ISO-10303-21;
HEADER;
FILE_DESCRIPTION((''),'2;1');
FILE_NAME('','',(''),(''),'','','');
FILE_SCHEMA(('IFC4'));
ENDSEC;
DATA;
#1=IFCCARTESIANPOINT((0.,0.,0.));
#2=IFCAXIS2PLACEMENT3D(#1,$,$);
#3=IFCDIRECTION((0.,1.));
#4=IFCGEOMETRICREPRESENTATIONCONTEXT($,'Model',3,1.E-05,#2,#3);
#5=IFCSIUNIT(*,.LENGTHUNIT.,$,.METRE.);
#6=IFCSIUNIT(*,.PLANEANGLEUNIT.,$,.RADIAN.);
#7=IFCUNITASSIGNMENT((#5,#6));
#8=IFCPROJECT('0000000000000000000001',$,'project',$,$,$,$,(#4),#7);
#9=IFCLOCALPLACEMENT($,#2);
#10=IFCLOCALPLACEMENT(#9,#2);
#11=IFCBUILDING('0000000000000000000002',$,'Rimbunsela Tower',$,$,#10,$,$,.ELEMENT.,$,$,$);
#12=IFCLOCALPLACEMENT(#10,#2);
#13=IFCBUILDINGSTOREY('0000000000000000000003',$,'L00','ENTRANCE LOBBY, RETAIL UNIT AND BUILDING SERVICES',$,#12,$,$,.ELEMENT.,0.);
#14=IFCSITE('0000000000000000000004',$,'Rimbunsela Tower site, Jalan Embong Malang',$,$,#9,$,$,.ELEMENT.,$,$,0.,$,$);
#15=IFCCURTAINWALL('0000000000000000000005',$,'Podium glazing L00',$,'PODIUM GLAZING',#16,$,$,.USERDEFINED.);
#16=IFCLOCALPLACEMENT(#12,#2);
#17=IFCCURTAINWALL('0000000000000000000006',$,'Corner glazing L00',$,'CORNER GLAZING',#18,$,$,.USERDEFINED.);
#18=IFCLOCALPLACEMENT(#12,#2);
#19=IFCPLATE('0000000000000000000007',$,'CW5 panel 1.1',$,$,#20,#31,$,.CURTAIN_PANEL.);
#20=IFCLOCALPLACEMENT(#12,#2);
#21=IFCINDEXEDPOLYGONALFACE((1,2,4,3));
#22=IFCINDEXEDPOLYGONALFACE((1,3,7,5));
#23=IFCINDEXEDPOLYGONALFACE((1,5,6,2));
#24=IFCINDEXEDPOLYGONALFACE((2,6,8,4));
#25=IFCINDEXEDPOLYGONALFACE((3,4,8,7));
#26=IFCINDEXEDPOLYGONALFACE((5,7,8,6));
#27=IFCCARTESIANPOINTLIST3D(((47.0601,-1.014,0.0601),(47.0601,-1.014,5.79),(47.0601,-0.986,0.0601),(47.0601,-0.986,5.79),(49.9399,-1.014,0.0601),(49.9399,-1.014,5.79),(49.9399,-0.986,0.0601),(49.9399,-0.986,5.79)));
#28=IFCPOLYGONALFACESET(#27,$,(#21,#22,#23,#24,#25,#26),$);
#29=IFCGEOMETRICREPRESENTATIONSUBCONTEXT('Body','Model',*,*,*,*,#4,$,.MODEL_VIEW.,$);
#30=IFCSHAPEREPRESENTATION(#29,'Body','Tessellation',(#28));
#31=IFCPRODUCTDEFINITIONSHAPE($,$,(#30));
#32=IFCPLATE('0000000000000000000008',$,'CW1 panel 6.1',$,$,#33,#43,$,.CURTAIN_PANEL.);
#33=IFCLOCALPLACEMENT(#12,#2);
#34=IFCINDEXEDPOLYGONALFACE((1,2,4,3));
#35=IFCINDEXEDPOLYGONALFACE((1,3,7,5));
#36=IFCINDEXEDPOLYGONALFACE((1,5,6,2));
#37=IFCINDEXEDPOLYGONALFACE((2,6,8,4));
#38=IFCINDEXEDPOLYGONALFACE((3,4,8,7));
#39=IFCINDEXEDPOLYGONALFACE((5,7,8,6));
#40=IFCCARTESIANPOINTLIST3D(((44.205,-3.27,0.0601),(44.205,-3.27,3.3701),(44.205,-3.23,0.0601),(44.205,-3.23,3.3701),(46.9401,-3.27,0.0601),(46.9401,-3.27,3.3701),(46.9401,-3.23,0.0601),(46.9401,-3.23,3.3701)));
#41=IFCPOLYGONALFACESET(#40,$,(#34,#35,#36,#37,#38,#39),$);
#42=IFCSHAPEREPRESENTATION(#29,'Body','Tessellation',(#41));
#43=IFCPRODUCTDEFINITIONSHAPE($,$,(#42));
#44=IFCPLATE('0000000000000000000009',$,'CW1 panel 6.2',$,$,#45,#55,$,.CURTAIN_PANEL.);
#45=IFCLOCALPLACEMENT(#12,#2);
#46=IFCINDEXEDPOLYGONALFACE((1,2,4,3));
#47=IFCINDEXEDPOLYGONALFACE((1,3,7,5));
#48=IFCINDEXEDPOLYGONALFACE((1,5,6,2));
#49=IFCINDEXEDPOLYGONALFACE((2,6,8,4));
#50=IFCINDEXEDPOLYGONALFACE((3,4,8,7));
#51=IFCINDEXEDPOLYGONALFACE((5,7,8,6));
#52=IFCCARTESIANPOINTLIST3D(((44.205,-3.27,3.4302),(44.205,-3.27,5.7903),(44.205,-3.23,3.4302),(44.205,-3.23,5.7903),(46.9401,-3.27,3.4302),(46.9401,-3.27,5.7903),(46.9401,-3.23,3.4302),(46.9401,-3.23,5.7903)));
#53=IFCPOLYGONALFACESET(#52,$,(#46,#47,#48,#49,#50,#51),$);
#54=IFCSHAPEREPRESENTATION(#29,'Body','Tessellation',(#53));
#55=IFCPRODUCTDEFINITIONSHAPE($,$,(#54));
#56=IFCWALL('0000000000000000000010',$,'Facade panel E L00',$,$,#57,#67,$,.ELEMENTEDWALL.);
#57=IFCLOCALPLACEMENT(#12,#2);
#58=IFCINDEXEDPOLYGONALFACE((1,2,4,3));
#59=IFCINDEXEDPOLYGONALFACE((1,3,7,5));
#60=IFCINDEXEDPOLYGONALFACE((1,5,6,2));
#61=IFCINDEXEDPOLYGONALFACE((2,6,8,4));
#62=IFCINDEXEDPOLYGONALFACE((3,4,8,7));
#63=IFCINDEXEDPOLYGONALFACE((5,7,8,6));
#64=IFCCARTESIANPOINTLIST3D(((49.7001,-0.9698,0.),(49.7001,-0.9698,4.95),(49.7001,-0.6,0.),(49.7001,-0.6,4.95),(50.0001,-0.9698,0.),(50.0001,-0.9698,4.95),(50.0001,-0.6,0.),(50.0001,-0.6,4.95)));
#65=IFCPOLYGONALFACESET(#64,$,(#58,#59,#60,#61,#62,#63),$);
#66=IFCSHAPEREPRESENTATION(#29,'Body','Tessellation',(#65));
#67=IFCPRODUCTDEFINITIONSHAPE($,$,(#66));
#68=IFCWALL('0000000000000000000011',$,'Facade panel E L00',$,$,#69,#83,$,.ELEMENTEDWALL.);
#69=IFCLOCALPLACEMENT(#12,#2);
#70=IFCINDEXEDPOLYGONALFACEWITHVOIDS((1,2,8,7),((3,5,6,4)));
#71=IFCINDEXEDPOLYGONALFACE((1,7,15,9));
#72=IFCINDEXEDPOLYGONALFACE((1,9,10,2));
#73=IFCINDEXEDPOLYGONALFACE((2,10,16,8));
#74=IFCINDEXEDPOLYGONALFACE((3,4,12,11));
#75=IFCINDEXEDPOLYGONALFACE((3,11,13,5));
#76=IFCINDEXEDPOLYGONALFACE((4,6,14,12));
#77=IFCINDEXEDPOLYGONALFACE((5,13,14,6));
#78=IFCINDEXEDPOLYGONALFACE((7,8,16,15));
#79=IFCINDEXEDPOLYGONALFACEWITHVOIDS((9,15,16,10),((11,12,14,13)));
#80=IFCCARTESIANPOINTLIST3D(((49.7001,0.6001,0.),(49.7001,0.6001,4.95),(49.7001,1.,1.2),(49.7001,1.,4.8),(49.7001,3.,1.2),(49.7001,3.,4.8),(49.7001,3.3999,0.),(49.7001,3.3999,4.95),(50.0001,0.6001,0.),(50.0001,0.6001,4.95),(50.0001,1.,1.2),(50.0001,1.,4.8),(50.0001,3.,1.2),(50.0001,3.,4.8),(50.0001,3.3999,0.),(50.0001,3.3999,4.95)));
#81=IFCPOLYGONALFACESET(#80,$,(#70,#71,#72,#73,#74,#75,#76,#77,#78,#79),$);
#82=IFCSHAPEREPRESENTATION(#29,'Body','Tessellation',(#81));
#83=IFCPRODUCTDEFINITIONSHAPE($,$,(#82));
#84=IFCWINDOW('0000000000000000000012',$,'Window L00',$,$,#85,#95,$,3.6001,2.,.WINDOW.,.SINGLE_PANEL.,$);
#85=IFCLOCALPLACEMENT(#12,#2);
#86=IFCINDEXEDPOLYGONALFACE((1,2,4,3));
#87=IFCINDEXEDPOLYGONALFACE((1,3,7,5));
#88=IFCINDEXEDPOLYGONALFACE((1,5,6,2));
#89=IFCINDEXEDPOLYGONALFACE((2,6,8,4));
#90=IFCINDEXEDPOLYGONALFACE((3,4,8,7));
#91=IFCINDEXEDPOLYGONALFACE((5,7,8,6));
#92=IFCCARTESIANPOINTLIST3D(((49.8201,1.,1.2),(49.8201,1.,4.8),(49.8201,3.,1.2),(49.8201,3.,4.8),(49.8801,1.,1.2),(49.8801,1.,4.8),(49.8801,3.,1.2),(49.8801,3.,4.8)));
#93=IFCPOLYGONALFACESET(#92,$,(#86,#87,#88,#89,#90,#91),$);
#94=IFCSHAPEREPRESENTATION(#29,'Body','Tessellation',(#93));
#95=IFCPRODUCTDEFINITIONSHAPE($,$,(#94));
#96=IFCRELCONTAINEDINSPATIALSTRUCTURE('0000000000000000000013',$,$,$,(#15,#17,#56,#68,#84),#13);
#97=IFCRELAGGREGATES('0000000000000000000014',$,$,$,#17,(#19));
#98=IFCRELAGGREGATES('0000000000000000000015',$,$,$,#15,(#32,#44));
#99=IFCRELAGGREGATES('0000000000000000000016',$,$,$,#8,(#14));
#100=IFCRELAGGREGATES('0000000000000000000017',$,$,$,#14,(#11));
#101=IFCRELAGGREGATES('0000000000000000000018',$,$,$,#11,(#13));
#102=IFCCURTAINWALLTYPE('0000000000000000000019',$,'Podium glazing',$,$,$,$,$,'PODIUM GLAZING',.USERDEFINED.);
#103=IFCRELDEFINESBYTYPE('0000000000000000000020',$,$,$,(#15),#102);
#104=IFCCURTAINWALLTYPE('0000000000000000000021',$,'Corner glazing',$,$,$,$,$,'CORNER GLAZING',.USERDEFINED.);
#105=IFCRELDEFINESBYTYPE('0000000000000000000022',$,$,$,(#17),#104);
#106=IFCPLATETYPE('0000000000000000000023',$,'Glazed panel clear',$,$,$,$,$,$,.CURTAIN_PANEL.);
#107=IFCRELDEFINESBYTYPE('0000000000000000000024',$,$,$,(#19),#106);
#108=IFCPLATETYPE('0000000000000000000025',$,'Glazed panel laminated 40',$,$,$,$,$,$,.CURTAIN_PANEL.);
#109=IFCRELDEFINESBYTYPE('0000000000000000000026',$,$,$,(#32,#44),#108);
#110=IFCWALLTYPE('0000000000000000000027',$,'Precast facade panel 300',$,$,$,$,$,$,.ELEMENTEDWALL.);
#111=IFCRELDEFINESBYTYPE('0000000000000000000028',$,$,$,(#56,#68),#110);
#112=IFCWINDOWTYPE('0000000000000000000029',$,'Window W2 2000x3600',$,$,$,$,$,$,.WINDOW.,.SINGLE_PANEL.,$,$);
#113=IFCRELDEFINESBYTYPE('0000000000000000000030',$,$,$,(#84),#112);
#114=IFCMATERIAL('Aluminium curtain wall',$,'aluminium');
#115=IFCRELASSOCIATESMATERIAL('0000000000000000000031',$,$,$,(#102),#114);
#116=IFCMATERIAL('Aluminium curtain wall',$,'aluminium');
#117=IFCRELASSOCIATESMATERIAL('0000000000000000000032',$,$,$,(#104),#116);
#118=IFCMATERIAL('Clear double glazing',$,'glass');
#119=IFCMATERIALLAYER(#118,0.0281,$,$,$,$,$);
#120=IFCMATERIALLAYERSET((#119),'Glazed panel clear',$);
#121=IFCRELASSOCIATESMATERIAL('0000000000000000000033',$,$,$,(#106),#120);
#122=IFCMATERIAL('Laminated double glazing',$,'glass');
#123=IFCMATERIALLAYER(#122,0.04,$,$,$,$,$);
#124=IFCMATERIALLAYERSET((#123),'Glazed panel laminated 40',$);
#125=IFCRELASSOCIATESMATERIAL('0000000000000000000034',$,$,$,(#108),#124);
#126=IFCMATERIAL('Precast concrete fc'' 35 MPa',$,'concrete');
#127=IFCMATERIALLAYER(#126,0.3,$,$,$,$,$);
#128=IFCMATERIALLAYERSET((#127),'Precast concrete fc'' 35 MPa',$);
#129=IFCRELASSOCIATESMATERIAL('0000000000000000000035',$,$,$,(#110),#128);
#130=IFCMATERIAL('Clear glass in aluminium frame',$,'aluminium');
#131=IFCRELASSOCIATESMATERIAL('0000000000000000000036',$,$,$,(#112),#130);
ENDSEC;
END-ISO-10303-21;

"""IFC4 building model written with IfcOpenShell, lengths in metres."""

from ifc_helpers import new_model, si_unit, direction, frame, frame_2d, origin, origin_2d, place, context, subcontext, project, spatial, rectangle, extrude, material, layer, layer_set, type_object, element, fill, aggregate, save


model = new_model("IFC4")

# Units and contexts
model_context = context("Model", 3, precision=1e-05, world=origin(), true_north=direction((0.0, 1.0)))
body_context = subcontext(model_context, "Body", "Model", "MODEL_VIEW")
ifc_project = project(units=[si_unit("LENGTHUNIT", "METRE"), si_unit("PLANEANGLEUNIT", "RADIAN")], contexts=[model_context])

# Site, building, storey
site_placement = place(None, origin())
site = spatial("IfcSite", under=ifc_project, at=site_placement, Name="Rimbunsela Tower site, Jalan Embong Malang", CompositionType="ELEMENT", RefElevation=0.0)
building_placement = place(site_placement, origin())
building = spatial("IfcBuilding", under=site, at=building_placement, Name="Rimbunsela Tower", CompositionType="ELEMENT")
storey_placement = place(building_placement, origin())
storey = spatial("IfcBuildingStorey", under=building, at=storey_placement, Name="L00", Description="ENTRANCE LOBBY, RETAIL UNIT AND BUILDING SERVICES", CompositionType="ELEMENT", Elevation=0.0)

# Curtain wall
ifc_material_1 = material(Name="Aluminium curtain wall", Category="aluminium")
curtain_wall_type_1 = type_object("IfcCurtainWallType", Name="Podium glazing", ElementType="PODIUM GLAZING", PredefinedType="USERDEFINED", material=ifc_material_1)
curtain_wall_1_placement = place(storey_placement, origin())
curtain_wall_1 = element("IfcCurtainWall", 1, at=curtain_wall_1_placement, inside=storey, type_object=curtain_wall_type_1, Name="Podium glazing L00", ObjectType="PODIUM GLAZING", PredefinedType="USERDEFINED")

# Curtain wall
ifc_material_2 = material(Name="Aluminium curtain wall", Category="aluminium")
curtain_wall_type_2 = type_object("IfcCurtainWallType", Name="Corner glazing", ElementType="CORNER GLAZING", PredefinedType="USERDEFINED", material=ifc_material_2)
curtain_wall_2_placement = place(storey_placement, origin())
curtain_wall_2 = element("IfcCurtainWall", 2, at=curtain_wall_2_placement, inside=storey, type_object=curtain_wall_type_2, Name="Corner glazing L00", ObjectType="CORNER GLAZING", PredefinedType="USERDEFINED")

# Plates
ifc_material_3 = material(Name="Clear double glazing", Category="glass")
ifc_layer_1 = layer(ifc_material_3, 0.0281)
ifc_layer_set_1 = layer_set([ifc_layer_1], Name="Glazed panel clear")
plate_type_1 = type_object("IfcPlateType", Name="Glazed panel clear", PredefinedType="CURTAIN_PANEL", material=ifc_layer_set_1)
plate_1_placement = place(storey_placement, frame((48.5, -1.0, 0.0601), z_axis=(0.0, 0.0, 1.0), x_axis=(1.0, 0.0, 0.0)))
plate_1 = element("IfcPlate", 3, at=plate_1_placement, type_object=plate_type_1, Name="CW5 panel 1.1", PredefinedType="CURTAIN_PANEL", context=body_context, shape_type="SweptSolid", body=[
    extrude(rectangle(XDim=2.8799, YDim=0.0281, at=origin_2d()), origin(), (0.0, 0.0, 1.0), 5.73),
])
aggregate(curtain_wall_2, [plate_1])
ifc_material_4 = material(Name="Laminated double glazing", Category="glass")
ifc_layer_2 = layer(ifc_material_4, 0.04)
ifc_layer_set_2 = layer_set([ifc_layer_2], Name="Glazed panel laminated 40")
plate_type_2 = type_object("IfcPlateType", Name="Glazed panel laminated 40", PredefinedType="CURTAIN_PANEL", material=ifc_layer_set_2)
plate_2_placement = place(storey_placement, frame((45.5725, -3.25, 0.0601), z_axis=(0.0, 0.0, 1.0), x_axis=(1.0, 0.0, 0.0)))
plate_2 = element("IfcPlate", 4, at=plate_2_placement, type_object=plate_type_2, Name="CW1 panel 6.1", PredefinedType="CURTAIN_PANEL", context=body_context, shape_type="SweptSolid", body=[
    extrude(rectangle(XDim=2.7351, YDim=0.04, at=origin_2d()), origin(), (0.0, 0.0, 1.0), 3.3101),
])
plate_3_placement = place(storey_placement, frame((45.5725, -3.25, 3.4302), z_axis=(0.0, 0.0, 1.0), x_axis=(1.0, 0.0, 0.0)))
plate_3 = element("IfcPlate", 5, at=plate_3_placement, type_object=plate_type_2, Name="CW1 panel 6.2", PredefinedType="CURTAIN_PANEL", context=body_context, shape_type="SweptSolid", body=[
    extrude(rectangle(XDim=2.7351, YDim=0.04, at=origin_2d()), origin(), (0.0, 0.0, 1.0), 2.3601),
])
aggregate(curtain_wall_1, [plate_2, plate_3])

# Wall
ifc_material_5 = material(Name="Precast concrete fc' 35 MPa", Category="concrete")
ifc_layer_3 = layer(ifc_material_5, 0.3)
ifc_layer_set_3 = layer_set([ifc_layer_3], Name="Precast concrete fc' 35 MPa")
wall_type = type_object("IfcWallType", Name="Precast facade panel 300", PredefinedType="ELEMENTEDWALL", material=ifc_layer_set_3)
wall_1_placement = place(storey_placement, frame((49.8501, -0.97, 0.0), z_axis=(0.0, 0.0, 1.0), x_axis=(0.0, 1.0, 0.0)))
element("IfcWall", 6, at=wall_1_placement, inside=storey, type_object=wall_type, Name="Facade panel E L00", PredefinedType="ELEMENTEDWALL", context=body_context, shape_type="SweptSolid", body=[
    extrude(rectangle(XDim=0.3699, YDim=0.3, at=frame_2d((0.1851, 0.0))), origin(), (0.0, 0.0, 1.0), 4.95),
])

# Wall, opening, window
wall_2_placement = place(storey_placement, frame((49.8501, 0.6001, 0.0), z_axis=(0.0, 0.0, 1.0), x_axis=(0.0, 1.0, 0.0)))
wall_2 = element("IfcWall", 7, at=wall_2_placement, inside=storey, type_object=wall_type, Name="Facade panel E L00", PredefinedType="ELEMENTEDWALL", context=body_context, shape_type="SweptSolid", body=[
    extrude(rectangle(XDim=2.7998, YDim=0.3, at=frame_2d((1.3999, 0.0))), origin(), (0.0, 0.0, 1.0), 4.95),
])
opening_placement = place(wall_2_placement, frame((0.3999, 0.0, 1.2)))
opening = element("IfcOpeningElement", 8, at=opening_placement, cuts=wall_2, PredefinedType="OPENING", context=body_context, shape_type="SweptSolid", body=[
    extrude(rectangle(XDim=2.0, YDim=3.6001, at=frame_2d((1.0, 1.8))), frame((0.0, 0.1599, 0.0), z_axis=(0.0, -1.0, 0.0), x_axis=(1.0, 0.0, 0.0)), (0.0, 0.0, 1.0), 0.3201),
])
ifc_material_6 = material(Name="Clear glass in aluminium frame", Category="aluminium")
window_type = type_object("IfcWindowType", Name="Window W2 2000x3600", PartitioningType="SINGLE_PANEL", PredefinedType="WINDOW", material=ifc_material_6)
window_placement = place(opening_placement, origin())
window = element("IfcWindow", 9, at=window_placement, inside=storey, type_object=window_type, Name="Window L00", OverallHeight=3.6001, OverallWidth=2.0, PartitioningType="SINGLE_PANEL", PredefinedType="WINDOW", context=body_context, shape_type="SweptSolid", body=[
    extrude(rectangle(XDim=2.0, YDim=3.6001, at=frame_2d((1.0, 1.8))), frame((0.0, 0.03, 0.0), z_axis=(0.0, -1.0, 0.0), x_axis=(1.0, 0.0, 0.0)), (0.0, 0.0, 1.0), 0.0601),
])
fill(opening, window)

save(model, "model.ifc")
